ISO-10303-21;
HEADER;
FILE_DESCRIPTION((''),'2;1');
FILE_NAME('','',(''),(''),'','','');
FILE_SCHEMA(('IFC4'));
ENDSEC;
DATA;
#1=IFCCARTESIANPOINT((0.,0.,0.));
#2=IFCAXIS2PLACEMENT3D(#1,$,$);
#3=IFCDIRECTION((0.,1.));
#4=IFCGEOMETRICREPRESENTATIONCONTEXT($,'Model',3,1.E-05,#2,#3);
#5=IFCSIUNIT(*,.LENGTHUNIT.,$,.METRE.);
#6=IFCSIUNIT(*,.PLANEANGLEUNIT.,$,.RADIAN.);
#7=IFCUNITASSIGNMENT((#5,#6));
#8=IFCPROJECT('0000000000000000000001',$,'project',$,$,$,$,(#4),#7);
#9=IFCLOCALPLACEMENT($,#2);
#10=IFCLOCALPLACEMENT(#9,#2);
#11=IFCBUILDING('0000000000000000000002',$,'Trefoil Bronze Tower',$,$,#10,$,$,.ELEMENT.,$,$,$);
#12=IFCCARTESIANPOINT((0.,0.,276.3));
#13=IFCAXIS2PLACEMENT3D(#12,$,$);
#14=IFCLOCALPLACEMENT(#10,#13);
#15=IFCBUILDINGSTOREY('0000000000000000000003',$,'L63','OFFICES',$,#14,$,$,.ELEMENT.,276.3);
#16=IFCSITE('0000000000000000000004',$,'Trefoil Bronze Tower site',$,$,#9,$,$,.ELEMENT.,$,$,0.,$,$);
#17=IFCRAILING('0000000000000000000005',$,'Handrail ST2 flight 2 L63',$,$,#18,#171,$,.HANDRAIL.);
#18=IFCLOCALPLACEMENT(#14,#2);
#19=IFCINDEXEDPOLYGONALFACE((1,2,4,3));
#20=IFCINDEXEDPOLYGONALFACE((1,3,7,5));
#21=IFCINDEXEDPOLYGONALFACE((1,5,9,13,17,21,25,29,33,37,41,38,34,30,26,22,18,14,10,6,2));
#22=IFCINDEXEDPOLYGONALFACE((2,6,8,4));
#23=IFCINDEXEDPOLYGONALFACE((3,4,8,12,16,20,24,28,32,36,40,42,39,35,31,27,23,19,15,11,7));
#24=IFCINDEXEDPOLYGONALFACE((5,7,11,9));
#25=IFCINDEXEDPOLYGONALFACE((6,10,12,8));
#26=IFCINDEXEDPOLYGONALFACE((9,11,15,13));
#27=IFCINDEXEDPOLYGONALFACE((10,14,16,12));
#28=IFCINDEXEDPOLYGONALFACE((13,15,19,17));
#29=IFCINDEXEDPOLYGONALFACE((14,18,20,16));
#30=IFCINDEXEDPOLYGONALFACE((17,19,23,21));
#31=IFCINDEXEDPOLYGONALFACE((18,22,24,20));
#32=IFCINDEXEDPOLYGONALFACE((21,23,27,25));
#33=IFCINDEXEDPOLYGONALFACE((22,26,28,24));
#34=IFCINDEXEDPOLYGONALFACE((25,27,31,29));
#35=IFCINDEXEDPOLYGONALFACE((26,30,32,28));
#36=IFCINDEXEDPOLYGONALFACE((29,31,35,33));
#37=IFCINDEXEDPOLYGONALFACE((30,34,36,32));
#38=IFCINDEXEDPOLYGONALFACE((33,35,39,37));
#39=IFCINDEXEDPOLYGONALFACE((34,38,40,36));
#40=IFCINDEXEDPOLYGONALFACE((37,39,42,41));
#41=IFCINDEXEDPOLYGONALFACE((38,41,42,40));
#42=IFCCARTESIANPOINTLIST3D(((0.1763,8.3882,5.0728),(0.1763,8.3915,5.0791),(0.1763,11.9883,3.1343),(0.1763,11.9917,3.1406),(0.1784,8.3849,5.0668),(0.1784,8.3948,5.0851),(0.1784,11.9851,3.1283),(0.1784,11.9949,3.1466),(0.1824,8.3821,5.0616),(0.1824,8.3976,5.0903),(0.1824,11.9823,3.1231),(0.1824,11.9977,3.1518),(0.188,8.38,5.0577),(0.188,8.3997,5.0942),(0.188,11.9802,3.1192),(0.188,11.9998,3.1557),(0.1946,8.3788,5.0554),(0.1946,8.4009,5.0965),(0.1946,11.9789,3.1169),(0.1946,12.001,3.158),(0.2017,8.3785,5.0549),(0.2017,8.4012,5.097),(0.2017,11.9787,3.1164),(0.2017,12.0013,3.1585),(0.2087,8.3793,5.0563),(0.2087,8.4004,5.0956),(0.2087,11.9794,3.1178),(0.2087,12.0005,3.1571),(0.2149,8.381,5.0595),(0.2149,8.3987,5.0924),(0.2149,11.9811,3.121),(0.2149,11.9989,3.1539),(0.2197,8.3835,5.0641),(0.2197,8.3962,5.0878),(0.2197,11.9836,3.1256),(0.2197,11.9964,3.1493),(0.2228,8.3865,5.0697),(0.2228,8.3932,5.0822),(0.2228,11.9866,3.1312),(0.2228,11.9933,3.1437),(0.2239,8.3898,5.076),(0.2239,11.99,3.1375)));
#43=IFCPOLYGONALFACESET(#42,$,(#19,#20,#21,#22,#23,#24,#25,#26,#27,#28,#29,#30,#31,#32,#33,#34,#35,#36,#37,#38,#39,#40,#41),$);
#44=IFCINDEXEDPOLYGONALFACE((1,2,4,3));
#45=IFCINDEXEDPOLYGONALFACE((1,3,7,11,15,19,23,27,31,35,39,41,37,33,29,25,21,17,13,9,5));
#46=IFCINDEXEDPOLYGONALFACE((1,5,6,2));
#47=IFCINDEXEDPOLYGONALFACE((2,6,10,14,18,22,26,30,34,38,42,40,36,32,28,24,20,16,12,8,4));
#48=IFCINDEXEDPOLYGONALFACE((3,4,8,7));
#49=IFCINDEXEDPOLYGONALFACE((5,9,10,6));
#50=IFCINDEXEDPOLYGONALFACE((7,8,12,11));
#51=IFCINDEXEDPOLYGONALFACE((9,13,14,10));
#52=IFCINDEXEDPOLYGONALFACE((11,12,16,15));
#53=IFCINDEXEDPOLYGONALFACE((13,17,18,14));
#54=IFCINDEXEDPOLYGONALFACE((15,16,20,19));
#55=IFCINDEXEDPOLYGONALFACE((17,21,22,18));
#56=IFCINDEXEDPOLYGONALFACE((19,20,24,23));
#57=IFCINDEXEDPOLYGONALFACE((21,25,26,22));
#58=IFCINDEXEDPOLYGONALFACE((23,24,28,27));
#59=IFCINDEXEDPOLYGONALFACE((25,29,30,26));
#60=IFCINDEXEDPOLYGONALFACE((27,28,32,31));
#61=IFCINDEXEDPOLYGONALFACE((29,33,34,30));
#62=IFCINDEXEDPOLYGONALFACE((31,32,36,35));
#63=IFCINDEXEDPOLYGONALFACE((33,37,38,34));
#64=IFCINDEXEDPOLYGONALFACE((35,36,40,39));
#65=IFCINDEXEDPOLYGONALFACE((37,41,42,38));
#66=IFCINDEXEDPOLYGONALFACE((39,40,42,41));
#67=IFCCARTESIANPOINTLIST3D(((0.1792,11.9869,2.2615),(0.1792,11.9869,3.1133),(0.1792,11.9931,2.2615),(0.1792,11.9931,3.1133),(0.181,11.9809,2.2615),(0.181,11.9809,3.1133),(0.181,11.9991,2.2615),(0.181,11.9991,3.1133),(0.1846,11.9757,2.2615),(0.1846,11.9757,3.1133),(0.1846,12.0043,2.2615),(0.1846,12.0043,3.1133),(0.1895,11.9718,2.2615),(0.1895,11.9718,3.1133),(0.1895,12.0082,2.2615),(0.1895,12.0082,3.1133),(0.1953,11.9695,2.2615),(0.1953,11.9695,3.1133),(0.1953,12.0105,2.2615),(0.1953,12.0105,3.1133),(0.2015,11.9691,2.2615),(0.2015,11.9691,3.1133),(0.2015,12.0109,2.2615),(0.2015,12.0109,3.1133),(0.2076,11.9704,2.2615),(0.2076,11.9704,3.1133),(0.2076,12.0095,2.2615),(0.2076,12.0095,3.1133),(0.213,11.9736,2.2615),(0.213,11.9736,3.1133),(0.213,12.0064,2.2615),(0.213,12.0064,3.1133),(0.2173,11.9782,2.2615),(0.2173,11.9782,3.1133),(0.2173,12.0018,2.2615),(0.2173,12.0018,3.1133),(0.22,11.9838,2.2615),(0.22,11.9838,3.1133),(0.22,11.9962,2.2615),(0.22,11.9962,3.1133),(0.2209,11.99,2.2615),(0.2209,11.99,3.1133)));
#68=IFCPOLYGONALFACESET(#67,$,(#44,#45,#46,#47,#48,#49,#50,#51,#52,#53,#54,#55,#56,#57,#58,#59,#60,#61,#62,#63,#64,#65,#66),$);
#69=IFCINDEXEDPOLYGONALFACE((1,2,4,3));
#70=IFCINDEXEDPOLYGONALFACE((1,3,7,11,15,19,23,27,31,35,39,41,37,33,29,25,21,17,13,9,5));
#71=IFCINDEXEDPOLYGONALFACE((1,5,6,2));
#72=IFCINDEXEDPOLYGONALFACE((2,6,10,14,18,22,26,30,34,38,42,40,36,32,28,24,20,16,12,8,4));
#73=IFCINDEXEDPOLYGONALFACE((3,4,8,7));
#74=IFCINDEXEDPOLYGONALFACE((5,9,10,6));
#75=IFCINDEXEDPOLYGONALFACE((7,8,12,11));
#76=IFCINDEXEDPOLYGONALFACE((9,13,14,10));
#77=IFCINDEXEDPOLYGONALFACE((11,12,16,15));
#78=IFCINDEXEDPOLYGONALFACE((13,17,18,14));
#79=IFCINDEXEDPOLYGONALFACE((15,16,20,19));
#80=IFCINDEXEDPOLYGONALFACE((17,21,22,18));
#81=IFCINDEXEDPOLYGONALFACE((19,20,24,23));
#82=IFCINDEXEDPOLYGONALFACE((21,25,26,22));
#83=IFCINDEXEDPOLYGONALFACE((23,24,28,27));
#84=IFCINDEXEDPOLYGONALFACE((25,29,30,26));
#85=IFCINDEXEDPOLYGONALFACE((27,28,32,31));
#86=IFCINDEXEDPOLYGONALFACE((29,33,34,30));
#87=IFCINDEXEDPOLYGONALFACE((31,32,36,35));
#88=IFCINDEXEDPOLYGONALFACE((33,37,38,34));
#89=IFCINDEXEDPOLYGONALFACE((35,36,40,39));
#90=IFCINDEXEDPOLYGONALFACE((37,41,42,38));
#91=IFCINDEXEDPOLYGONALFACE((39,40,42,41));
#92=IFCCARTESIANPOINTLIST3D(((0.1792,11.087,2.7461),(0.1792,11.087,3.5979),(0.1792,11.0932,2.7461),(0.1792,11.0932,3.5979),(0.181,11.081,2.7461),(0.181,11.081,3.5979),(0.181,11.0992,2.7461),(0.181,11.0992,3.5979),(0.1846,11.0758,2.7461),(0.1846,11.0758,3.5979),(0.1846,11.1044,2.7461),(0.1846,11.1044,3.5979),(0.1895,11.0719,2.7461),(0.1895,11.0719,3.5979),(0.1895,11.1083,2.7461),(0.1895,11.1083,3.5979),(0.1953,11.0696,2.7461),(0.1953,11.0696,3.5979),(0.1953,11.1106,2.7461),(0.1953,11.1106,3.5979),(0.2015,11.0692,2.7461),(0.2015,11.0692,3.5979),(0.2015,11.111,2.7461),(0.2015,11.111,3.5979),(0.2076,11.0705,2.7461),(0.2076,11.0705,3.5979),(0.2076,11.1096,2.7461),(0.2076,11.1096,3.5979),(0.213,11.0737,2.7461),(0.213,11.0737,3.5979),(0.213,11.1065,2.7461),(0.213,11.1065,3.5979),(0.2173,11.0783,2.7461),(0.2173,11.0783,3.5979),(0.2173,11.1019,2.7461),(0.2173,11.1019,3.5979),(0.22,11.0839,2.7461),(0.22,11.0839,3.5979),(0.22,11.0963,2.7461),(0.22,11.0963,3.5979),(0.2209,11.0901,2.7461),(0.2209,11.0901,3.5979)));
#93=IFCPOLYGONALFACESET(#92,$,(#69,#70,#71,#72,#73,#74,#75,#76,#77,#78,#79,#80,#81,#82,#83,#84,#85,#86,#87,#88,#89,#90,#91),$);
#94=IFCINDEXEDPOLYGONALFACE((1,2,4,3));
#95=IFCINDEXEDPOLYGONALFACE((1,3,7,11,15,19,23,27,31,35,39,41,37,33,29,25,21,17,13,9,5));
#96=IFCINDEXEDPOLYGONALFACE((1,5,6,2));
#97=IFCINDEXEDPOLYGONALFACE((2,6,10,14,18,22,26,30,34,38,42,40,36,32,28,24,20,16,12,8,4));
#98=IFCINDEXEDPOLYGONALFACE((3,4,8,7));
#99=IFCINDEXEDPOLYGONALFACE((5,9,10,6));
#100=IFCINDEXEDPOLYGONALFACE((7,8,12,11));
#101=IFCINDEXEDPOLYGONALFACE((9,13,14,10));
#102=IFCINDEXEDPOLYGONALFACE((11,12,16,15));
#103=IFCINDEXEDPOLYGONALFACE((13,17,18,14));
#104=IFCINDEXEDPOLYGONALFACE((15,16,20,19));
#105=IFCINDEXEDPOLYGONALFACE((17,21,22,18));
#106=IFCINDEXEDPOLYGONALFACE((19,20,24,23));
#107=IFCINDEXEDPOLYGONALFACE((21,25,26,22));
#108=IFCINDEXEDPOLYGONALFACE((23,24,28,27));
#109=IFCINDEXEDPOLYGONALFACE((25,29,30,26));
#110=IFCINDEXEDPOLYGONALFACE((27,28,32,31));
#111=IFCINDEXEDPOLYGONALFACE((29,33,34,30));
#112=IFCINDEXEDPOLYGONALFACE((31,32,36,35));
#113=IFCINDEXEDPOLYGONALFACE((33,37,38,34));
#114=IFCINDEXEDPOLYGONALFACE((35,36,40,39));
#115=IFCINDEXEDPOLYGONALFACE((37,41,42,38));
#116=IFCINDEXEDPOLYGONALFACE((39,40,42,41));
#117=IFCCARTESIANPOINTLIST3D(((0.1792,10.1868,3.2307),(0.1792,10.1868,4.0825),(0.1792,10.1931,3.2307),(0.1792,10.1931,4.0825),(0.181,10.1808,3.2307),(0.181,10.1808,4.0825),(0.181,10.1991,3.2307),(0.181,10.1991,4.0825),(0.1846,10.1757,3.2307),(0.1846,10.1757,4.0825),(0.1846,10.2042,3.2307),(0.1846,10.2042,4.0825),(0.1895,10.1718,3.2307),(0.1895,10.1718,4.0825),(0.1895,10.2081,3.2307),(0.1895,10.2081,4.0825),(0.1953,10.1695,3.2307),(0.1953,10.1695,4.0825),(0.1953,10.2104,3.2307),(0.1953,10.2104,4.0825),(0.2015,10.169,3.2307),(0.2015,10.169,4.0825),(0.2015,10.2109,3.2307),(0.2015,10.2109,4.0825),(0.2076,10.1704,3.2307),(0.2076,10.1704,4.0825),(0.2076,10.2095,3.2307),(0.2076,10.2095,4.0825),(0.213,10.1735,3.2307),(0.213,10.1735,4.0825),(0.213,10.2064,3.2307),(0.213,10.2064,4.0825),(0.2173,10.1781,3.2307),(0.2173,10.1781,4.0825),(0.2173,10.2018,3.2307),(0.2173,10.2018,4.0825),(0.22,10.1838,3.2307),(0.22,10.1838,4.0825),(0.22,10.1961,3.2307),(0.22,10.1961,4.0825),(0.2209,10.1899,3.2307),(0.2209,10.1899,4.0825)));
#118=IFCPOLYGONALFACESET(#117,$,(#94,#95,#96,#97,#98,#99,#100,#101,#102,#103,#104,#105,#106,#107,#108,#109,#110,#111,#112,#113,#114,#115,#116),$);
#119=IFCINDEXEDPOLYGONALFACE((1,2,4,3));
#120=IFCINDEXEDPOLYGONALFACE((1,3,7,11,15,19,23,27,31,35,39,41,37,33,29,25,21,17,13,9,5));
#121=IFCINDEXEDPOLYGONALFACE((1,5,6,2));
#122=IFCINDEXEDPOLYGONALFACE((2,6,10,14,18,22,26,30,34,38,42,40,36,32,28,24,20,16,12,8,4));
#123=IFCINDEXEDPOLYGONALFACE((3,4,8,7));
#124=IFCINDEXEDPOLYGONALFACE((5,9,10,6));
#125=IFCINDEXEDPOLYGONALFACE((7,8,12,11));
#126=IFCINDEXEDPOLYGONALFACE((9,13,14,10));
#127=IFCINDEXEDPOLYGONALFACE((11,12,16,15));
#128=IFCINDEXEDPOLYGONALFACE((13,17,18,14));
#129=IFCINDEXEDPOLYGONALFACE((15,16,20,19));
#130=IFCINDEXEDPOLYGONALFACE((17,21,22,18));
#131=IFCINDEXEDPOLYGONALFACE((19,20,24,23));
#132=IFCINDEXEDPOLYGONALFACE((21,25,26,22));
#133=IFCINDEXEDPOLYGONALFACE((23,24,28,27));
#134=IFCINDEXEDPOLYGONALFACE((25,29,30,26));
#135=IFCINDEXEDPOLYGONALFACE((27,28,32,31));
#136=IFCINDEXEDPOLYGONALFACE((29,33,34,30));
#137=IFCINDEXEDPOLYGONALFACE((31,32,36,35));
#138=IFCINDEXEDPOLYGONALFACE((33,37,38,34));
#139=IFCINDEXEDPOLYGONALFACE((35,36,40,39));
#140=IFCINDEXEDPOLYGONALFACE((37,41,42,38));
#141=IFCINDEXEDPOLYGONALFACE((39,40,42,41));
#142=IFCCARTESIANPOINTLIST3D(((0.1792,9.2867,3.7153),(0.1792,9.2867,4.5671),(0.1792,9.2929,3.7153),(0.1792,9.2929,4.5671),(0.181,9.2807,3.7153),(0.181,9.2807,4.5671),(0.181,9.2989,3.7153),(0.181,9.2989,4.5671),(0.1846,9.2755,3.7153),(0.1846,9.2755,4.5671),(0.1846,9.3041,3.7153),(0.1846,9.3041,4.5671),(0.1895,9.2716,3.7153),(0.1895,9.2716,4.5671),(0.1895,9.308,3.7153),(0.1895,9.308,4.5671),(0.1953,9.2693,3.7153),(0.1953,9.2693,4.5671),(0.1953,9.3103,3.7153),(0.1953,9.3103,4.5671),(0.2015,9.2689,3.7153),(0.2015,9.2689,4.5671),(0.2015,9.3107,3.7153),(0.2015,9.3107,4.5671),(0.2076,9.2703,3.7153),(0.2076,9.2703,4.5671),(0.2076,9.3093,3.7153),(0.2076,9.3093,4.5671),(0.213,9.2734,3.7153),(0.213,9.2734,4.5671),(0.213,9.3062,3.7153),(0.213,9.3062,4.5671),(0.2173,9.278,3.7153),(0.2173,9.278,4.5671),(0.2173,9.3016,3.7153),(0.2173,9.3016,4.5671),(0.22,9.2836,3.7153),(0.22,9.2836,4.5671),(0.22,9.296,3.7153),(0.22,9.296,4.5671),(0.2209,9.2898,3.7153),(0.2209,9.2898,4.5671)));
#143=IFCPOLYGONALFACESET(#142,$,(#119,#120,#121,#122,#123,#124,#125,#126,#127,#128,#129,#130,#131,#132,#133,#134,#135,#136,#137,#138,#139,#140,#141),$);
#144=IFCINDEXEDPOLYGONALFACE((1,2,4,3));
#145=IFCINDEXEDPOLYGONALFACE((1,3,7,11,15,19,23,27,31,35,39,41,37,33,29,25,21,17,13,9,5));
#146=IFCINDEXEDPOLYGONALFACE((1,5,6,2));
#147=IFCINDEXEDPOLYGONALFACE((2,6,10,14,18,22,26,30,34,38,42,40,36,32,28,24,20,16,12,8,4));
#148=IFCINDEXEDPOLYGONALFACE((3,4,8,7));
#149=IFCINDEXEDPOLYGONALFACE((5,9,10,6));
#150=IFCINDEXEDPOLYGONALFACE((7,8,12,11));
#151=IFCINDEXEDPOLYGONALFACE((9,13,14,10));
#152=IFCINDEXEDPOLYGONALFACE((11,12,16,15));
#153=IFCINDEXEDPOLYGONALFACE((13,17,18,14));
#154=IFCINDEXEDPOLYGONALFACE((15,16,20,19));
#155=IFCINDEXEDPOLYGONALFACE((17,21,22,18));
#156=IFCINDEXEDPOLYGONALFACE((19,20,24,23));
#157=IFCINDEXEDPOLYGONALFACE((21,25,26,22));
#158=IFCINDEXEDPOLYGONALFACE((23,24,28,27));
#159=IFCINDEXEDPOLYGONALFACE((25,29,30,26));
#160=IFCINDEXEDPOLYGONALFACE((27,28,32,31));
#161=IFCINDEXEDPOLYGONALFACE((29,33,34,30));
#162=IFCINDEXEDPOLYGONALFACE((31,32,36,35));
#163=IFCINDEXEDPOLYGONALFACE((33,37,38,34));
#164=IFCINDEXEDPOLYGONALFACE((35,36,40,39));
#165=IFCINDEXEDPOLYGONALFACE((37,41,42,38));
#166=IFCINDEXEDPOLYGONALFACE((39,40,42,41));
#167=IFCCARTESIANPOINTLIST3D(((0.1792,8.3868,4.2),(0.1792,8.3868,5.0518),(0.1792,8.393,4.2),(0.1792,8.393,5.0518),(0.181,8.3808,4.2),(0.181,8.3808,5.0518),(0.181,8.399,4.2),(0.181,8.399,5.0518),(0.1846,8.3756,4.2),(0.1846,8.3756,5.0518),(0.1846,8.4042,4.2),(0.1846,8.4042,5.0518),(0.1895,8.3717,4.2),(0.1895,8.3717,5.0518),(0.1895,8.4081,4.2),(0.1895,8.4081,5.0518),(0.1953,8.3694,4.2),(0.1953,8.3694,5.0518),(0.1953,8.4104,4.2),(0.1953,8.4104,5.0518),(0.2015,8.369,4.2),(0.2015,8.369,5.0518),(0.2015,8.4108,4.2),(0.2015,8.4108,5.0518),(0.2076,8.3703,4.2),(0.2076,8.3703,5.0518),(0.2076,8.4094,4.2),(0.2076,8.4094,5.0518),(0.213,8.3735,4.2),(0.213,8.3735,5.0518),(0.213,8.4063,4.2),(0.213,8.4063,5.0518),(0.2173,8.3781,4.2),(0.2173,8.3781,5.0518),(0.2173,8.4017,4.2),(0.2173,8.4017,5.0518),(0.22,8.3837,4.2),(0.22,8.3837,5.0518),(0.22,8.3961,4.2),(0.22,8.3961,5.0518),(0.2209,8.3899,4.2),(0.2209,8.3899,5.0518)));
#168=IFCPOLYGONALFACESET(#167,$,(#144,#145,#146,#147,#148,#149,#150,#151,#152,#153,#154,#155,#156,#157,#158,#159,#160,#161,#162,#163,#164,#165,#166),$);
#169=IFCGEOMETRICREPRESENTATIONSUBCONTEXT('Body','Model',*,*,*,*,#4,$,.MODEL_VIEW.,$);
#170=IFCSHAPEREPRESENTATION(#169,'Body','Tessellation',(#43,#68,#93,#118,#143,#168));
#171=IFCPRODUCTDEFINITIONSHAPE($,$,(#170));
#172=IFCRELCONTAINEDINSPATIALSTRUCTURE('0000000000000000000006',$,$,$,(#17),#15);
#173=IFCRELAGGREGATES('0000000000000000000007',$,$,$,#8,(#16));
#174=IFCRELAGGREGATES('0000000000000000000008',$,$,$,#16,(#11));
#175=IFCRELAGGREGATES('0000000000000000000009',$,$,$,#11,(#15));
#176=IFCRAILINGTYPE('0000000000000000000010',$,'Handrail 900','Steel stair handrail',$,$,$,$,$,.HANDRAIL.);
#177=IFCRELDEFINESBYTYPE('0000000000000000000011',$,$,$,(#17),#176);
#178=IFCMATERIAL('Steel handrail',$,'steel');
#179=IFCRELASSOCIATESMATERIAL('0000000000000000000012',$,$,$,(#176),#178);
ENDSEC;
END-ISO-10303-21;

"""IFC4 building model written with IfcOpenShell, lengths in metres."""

from ifc_helpers import new_model, si_unit, direction, frame, origin, origin_2d, place, context, subcontext, project, spatial, circle, extrude, material, type_object, element, save


model = new_model("IFC4")

# Units and contexts
model_context = context("Model", 3, precision=1e-05, world=origin(), true_north=direction((0.0, 1.0)))
body_context = subcontext(model_context, "Body", "Model", "MODEL_VIEW")
ifc_project = project(units=[si_unit("LENGTHUNIT", "METRE"), si_unit("PLANEANGLEUNIT", "RADIAN")], contexts=[model_context])

# Site, building, storey
site_placement = place(None, origin())
site = spatial("IfcSite", under=ifc_project, at=site_placement, Name="Trefoil Bronze Tower site", CompositionType="ELEMENT", RefElevation=0.0)
building_placement = place(site_placement, origin())
building = spatial("IfcBuilding", under=site, at=building_placement, Name="Trefoil Bronze Tower", CompositionType="ELEMENT")
storey_placement = place(building_placement, frame((0.0, 0.0, 276.3)))
storey = spatial("IfcBuildingStorey", under=building, at=storey_placement, Name="L63", Description="OFFICES", CompositionType="ELEMENT", Elevation=276.3)

# Railing
ifc_material_1 = material(Name="Steel handrail", Category="steel")
railing_type = type_object("IfcRailingType", Name="Handrail 900", Description="Steel stair handrail", PredefinedType="HANDRAIL", material=ifc_material_1)
railing_placement = place(storey_placement, frame((0.2, 11.99, 2.2615)))
element("IfcRailing", 1, at=railing_placement, inside=storey, type_object=railing_type, Name="Handrail ST2 flight 2 L63", PredefinedType="HANDRAIL", context=body_context, shape_type="SweptSolid", body=[
    extrude(circle(Radius=0.0239, at=origin_2d()), frame((0.0, 0.0, 0.876), z_axis=(0.0, -0.880475, 0.474093), x_axis=(1.0, 0.0, 0.0)), (0.0, 0.0, 1.0), 4.0889),
    extrude(circle(Radius=0.021, at=origin_2d()), origin(), (0.0, 0.0, 1.0), 0.8518),
    extrude(circle(Radius=0.021, at=origin_2d()), frame((0.0, -0.8999, 0.4846)), (0.0, 0.0, 1.0), 0.8518),
    extrude(circle(Radius=0.021, at=origin_2d()), frame((0.0, -1.8, 0.9692)), (0.0, 0.0, 1.0), 0.8518),
    extrude(circle(Radius=0.021, at=origin_2d()), frame((0.0, -2.7002, 1.4539)), (0.0, 0.0, 1.0), 0.8518),
    extrude(circle(Radius=0.021, at=origin_2d()), frame((0.0, -3.6001, 1.9385)), (0.0, 0.0, 1.0), 0.8518),
])

save(model, "model.ifc")
